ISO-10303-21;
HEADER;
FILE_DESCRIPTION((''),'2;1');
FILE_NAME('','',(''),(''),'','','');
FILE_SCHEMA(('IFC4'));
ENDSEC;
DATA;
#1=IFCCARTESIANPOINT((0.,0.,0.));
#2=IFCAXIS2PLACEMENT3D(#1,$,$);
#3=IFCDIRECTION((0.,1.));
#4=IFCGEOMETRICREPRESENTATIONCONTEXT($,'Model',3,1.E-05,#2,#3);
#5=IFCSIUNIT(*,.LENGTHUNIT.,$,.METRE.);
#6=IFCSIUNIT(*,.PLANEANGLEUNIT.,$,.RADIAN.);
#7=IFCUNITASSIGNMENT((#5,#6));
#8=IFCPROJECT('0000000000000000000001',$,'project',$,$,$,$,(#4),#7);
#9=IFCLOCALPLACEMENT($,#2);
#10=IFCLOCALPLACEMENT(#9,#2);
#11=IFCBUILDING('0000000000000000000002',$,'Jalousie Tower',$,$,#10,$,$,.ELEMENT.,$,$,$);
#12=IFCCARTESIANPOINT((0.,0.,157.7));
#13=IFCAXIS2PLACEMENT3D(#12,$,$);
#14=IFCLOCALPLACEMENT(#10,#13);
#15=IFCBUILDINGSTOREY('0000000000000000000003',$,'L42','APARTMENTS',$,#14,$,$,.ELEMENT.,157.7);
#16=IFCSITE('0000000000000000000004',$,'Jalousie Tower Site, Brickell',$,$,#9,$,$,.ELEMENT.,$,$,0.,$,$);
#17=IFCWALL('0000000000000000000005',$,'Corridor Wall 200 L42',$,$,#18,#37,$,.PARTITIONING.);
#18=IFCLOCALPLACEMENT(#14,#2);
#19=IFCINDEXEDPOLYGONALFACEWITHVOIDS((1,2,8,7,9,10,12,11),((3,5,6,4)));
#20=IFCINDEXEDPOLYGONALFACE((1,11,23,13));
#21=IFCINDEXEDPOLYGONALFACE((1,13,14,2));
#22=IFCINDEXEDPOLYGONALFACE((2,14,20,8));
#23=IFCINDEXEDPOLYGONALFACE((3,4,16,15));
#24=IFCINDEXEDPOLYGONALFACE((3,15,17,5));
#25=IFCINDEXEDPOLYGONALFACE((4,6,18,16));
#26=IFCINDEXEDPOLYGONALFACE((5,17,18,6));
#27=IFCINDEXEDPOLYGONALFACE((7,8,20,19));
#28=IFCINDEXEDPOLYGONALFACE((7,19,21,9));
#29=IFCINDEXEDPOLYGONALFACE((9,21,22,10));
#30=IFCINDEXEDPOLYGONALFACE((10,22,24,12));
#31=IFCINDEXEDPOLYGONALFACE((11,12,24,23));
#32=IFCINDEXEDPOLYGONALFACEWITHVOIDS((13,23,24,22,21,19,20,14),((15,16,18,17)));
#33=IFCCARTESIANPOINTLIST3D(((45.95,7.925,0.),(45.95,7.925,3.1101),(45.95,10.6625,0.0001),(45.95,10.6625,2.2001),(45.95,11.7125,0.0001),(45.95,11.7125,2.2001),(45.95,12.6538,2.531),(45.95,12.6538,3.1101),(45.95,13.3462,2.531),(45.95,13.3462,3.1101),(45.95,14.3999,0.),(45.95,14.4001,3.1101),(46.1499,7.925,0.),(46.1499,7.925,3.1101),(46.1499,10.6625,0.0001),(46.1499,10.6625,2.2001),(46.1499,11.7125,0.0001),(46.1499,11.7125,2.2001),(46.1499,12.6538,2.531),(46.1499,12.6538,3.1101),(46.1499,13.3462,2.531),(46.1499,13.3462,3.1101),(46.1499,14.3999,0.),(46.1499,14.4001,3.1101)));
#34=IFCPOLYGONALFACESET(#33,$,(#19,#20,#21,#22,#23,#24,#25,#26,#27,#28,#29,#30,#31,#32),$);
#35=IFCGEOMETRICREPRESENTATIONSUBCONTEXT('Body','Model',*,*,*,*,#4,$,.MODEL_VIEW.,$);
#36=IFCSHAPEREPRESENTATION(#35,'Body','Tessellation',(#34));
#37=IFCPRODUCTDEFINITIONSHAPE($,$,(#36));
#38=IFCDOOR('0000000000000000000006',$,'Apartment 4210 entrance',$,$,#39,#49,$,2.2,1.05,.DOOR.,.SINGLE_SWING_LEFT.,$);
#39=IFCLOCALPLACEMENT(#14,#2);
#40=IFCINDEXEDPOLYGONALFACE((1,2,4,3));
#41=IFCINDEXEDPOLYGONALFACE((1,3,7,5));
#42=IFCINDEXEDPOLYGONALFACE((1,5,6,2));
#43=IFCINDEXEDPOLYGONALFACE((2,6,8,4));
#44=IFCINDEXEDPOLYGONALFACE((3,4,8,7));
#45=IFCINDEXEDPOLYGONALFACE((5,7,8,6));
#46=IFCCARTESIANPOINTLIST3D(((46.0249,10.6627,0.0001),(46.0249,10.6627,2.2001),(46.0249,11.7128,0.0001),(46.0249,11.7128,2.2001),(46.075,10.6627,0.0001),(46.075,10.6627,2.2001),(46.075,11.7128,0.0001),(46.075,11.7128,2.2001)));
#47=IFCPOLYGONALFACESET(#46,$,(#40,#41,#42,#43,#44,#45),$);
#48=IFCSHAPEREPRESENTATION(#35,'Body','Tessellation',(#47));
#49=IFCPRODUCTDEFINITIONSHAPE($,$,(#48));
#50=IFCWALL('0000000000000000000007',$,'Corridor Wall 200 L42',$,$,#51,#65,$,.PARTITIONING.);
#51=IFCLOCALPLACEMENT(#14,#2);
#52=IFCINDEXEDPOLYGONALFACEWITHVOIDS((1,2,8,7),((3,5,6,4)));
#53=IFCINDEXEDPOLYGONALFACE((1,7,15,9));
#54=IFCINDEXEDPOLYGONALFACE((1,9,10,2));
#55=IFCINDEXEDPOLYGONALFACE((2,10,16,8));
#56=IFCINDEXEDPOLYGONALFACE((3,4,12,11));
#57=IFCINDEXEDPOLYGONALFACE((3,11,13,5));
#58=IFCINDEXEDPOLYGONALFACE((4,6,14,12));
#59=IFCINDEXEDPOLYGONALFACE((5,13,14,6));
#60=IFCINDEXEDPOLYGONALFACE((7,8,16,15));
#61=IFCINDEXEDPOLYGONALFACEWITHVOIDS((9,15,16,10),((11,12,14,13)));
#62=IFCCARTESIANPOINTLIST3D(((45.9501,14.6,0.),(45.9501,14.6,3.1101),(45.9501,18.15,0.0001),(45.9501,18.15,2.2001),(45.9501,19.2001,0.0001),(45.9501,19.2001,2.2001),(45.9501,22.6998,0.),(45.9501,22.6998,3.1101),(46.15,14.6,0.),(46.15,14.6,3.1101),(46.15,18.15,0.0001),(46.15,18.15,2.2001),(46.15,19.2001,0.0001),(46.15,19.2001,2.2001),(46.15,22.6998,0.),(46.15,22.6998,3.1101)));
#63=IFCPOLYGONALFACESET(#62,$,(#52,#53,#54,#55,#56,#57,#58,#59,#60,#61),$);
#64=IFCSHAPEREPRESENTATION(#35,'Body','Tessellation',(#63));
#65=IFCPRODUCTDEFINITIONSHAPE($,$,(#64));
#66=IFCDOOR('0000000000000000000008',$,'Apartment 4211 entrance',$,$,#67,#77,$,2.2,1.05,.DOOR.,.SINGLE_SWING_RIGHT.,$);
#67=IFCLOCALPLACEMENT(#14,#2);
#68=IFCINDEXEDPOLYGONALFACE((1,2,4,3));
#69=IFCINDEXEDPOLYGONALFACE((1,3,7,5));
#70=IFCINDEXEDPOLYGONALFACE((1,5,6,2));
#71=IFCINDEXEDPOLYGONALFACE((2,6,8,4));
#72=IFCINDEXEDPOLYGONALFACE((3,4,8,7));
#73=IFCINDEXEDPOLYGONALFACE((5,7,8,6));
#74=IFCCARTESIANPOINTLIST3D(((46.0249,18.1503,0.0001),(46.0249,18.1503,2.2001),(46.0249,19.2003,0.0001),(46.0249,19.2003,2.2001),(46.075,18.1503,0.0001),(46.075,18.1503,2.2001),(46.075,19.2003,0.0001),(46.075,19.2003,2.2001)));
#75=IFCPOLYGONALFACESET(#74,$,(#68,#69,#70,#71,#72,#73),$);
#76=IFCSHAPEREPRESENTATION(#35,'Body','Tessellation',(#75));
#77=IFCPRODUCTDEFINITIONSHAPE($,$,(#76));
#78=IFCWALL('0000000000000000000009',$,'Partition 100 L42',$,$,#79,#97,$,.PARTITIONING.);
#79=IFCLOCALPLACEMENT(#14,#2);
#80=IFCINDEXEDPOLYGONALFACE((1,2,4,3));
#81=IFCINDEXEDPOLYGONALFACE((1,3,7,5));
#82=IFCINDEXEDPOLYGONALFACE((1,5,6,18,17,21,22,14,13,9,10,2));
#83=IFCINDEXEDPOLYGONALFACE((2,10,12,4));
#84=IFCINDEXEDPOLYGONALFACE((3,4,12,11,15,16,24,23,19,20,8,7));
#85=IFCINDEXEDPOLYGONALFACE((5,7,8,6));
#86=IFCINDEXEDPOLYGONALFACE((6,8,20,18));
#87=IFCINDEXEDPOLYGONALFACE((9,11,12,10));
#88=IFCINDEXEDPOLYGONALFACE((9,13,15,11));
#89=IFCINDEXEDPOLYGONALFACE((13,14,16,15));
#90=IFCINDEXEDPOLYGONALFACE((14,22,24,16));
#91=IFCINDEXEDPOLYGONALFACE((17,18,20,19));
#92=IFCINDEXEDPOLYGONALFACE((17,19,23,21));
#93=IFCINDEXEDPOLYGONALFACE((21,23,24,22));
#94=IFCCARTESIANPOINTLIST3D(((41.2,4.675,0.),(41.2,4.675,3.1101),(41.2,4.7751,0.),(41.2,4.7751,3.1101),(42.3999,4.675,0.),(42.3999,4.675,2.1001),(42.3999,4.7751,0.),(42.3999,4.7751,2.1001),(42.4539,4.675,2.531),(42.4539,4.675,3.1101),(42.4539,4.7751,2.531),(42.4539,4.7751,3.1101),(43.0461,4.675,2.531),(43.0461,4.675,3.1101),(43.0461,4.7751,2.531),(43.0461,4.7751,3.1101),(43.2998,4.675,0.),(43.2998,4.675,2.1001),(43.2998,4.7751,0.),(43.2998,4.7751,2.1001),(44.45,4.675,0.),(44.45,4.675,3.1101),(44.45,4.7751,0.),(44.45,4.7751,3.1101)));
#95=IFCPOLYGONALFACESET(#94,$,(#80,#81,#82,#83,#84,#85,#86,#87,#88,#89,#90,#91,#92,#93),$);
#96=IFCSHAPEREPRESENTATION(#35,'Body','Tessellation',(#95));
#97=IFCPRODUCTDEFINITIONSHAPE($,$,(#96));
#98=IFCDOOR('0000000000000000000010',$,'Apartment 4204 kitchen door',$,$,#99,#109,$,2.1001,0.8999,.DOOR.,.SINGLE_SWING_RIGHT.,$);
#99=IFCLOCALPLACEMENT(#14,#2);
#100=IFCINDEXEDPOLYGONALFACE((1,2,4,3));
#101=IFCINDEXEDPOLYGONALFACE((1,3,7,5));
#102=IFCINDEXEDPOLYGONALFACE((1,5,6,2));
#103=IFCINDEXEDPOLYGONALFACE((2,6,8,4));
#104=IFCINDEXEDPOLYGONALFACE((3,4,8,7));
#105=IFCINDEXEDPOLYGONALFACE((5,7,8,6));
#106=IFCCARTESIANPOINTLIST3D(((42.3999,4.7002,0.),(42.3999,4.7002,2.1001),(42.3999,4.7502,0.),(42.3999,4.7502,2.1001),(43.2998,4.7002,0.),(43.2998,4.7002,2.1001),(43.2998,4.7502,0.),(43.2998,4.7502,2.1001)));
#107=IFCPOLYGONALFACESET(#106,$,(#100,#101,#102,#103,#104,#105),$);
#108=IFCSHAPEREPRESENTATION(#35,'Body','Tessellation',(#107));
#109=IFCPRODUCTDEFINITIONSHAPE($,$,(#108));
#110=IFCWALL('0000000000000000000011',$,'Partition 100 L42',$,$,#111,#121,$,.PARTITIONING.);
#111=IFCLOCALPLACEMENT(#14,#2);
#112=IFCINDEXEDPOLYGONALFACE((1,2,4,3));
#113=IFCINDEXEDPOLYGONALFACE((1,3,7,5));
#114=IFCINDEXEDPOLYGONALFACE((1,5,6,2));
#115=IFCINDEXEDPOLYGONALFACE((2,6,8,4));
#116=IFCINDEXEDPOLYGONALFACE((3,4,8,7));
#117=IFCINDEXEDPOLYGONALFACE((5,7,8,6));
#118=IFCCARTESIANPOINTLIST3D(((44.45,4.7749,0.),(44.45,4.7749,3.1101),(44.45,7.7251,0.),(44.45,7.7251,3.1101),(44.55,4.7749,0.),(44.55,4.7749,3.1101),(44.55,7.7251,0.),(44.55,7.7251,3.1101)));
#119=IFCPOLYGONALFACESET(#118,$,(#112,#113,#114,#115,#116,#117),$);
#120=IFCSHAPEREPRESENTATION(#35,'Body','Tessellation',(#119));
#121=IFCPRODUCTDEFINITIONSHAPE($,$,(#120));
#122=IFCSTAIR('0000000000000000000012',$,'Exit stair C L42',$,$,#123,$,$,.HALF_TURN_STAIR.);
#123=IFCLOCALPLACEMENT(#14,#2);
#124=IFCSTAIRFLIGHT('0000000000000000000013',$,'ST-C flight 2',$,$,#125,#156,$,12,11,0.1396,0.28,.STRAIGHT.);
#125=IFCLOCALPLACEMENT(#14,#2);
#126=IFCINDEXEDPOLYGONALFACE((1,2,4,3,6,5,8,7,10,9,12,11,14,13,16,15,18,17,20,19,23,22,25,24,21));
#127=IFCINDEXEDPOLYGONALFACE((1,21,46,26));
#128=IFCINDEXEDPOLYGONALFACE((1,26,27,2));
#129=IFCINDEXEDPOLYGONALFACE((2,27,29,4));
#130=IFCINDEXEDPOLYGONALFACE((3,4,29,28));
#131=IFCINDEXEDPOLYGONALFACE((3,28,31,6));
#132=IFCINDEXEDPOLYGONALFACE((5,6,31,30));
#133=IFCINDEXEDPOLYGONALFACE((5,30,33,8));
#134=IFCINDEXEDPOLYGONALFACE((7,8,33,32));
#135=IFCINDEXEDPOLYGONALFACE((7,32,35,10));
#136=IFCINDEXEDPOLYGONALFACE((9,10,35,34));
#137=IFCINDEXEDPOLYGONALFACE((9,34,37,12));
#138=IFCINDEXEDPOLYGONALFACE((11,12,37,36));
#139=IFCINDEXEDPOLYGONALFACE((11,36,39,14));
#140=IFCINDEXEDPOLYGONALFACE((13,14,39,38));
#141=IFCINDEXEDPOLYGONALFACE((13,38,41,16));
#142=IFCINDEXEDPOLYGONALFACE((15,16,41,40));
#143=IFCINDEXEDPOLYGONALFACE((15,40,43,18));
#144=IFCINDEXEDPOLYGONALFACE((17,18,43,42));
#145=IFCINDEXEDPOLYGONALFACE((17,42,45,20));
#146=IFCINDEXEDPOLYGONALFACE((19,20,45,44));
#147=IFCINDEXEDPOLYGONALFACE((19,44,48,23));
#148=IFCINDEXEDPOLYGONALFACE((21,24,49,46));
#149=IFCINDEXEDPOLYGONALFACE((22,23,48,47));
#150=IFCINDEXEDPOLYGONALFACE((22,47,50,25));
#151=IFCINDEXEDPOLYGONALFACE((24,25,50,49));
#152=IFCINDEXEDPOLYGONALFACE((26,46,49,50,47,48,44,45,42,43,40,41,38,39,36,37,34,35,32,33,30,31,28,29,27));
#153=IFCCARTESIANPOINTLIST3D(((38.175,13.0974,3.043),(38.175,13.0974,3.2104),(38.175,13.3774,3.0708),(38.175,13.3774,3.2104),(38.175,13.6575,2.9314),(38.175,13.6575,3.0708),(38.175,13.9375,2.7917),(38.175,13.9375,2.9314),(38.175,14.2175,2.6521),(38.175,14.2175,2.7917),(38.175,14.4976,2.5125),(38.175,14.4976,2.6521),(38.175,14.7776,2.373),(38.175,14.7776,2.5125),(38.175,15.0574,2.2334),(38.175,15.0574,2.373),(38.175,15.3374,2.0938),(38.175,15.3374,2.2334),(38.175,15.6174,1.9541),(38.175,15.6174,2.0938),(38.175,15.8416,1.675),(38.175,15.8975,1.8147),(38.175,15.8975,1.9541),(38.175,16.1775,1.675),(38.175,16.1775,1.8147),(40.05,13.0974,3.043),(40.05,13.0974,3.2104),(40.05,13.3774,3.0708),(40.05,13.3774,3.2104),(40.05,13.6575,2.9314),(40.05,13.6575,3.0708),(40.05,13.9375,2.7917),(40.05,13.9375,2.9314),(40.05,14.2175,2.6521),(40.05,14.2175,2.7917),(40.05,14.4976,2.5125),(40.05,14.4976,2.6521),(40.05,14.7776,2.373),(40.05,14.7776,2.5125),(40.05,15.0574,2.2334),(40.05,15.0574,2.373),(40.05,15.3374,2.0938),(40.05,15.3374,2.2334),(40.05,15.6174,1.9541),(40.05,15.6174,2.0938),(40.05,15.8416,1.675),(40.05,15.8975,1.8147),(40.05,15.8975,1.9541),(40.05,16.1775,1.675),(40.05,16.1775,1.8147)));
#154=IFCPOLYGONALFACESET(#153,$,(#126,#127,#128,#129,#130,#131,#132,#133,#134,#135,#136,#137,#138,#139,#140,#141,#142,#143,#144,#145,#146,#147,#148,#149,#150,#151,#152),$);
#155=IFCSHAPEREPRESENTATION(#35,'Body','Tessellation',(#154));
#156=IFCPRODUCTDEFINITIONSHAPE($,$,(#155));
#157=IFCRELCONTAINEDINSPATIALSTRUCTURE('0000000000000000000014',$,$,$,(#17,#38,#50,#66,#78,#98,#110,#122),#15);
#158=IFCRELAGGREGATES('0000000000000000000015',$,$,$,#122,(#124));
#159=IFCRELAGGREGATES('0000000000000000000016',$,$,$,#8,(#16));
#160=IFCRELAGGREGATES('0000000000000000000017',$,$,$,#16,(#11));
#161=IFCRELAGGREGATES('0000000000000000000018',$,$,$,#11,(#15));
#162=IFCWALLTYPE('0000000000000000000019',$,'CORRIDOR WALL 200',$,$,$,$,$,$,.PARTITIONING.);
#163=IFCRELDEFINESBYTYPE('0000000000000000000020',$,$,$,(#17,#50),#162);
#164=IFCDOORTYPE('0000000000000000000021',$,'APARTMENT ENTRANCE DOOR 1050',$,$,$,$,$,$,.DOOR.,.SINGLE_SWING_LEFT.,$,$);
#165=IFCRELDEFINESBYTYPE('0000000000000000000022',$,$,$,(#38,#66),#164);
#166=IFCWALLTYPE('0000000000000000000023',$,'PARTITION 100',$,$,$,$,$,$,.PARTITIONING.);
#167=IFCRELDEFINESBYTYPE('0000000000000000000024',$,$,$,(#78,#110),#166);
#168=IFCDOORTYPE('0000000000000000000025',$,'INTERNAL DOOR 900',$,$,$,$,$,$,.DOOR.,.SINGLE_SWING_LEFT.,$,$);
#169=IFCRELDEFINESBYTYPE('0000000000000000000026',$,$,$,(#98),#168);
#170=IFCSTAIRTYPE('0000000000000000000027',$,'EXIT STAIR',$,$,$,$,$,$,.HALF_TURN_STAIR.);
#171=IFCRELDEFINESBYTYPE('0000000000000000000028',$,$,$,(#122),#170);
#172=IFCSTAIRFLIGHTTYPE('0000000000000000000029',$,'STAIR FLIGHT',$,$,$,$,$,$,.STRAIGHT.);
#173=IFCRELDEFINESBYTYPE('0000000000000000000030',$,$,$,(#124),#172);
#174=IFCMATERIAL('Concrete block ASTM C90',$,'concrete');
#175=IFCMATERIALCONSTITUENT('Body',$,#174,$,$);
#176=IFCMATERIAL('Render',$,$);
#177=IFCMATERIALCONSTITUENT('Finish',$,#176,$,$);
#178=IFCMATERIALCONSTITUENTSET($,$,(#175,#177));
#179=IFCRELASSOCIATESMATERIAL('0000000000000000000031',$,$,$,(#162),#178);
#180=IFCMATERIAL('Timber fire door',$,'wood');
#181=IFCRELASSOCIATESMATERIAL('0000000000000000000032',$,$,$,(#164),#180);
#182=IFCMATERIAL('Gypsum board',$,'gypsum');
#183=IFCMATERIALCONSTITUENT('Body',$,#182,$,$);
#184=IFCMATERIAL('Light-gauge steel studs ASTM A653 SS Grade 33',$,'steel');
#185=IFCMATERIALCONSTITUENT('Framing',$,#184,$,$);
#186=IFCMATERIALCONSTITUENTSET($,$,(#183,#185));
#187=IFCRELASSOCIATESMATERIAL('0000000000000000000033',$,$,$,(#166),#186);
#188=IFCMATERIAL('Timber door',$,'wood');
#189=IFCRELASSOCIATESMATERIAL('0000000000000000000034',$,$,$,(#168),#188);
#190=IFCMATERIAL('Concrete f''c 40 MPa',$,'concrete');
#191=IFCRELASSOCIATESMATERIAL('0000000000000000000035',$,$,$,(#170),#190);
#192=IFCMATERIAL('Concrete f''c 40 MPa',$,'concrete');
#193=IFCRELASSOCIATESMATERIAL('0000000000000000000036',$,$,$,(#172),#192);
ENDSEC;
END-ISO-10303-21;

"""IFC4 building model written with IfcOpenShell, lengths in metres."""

from ifc_helpers import new_model, si_unit, direction, frame, frame_2d, origin, place, context, subcontext, project, spatial, polyline, rectangle, outline, extrude, material, constituent, constituent_set, type_object, element, fill, aggregate, save


model = new_model("IFC4")

# Units and contexts
model_context = context("Model", 3, precision=1e-05, world=origin(), true_north=direction((0.0, 1.0)))
body_context = subcontext(model_context, "Body", "Model", "MODEL_VIEW")
ifc_project = project(units=[si_unit("LENGTHUNIT", "METRE"), si_unit("PLANEANGLEUNIT", "RADIAN")], contexts=[model_context])

# Site, building, storey
site_placement = place(None, origin())
site = spatial("IfcSite", under=ifc_project, at=site_placement, Name="Jalousie Tower Site, Brickell", CompositionType="ELEMENT", RefElevation=0.0)
building_placement = place(site_placement, origin())
building = spatial("IfcBuilding", under=site, at=building_placement, Name="Jalousie Tower", CompositionType="ELEMENT")
storey_placement = place(building_placement, frame((0.0, 0.0, 157.7)))
storey = spatial("IfcBuildingStorey", under=building, at=storey_placement, Name="L42", Description="APARTMENTS", CompositionType="ELEMENT", Elevation=157.7)

# Walls, openings, doors
ifc_material_1 = material(Name="Concrete block ASTM C90", Category="concrete")
ifc_constituent_1 = constituent(ifc_material_1, Name="Body")
ifc_material_2 = material(Name="Render")
ifc_constituent_2 = constituent(ifc_material_2, Name="Finish")
ifc_constituent_set_1 = constituent_set(constituents=[ifc_constituent_1, ifc_constituent_2])
wall_type_1 = type_object("IfcWallType", Name="CORRIDOR WALL 200", PredefinedType="PARTITIONING", material=ifc_constituent_set_1)
ifc_material_3 = material(Name="Timber fire door", Category="wood")
door_type_1 = type_object("IfcDoorType", Name="APARTMENT ENTRANCE DOOR 1050", OperationType="SINGLE_SWING_LEFT", PredefinedType="DOOR", material=ifc_material_3)
wall_1_placement = place(storey_placement, frame((46.05, 7.925, 0.0), z_axis=(0.0, 0.0, 1.0), x_axis=(0.0, 1.0, 0.0)))
wall_1 = element("IfcWall", 1, at=wall_1_placement, inside=storey, type_object=wall_type_1, Name="Corridor Wall 200 L42", PredefinedType="PARTITIONING", context=body_context, shape_type="SweptSolid", body=[
    extrude(outline(polyline([(0.0, 0.0), (6.4749, 0.0), (6.4751, 3.1101), (5.4211, 3.1101), (5.4211, 2.531), (4.7288, 2.531), (4.7288, 3.1101), (0.0, 3.1101), (0.0, 0.0)])), frame((0.0, 0.1001, 0.0), z_axis=(0.0, -1.0, 0.0), x_axis=(1.0, 0.0, 0.0)), (0.0, 0.0, 1.0), 0.2),
])
opening_1_placement = place(wall_1_placement, frame((2.7375, 0.0, 0.0)))
opening_1 = element("IfcOpeningElement", 2, at=opening_1_placement, cuts=wall_1, PredefinedType="OPENING", context=body_context, shape_type="SweptSolid", body=[
    extrude(rectangle(XDim=1.05, YDim=2.2, at=frame_2d((0.5249, 1.1001))), frame((0.0, 0.1099, 0.0), z_axis=(0.0, -1.0, 0.0), x_axis=(1.0, 0.0, 0.0)), (0.0, 0.0, 1.0), 0.22),
])
door_1_placement = place(opening_1_placement, frame((1.05, 0.0, 0.0), z_axis=(0.0, 0.0, 1.0), x_axis=(-1.0, 0.0, 0.0)))
door_1 = element("IfcDoor", 3, at=door_1_placement, inside=storey, type_object=door_type_1, Name="Apartment 4210 entrance", OperationType="SINGLE_SWING_LEFT", OverallHeight=2.2, OverallWidth=1.05, PredefinedType="DOOR", context=body_context, shape_type="SweptSolid", body=[
    extrude(rectangle(XDim=1.05, YDim=2.2, at=frame_2d((0.5249, 1.1001))), frame((0.0, 0.0249, 0.0), z_axis=(0.0, -1.0, 0.0), x_axis=(1.0, 0.0, 0.0)), (0.0, 0.0, 1.0), 0.05),
])
fill(opening_1, door_1)
wall_2_placement = place(storey_placement, frame((46.05, 14.6001, 0.0), z_axis=(0.0, 0.0, 1.0), x_axis=(0.0, 1.0, 0.0)))
wall_2 = element("IfcWall", 4, at=wall_2_placement, inside=storey, type_object=wall_type_1, Name="Corridor Wall 200 L42", PredefinedType="PARTITIONING", context=body_context, shape_type="SweptSolid", body=[
    extrude(rectangle(XDim=8.0999, YDim=0.2, at=frame_2d((4.0498, 0.0))), origin(), (0.0, 0.0, 1.0), 3.1101),
])
opening_2_placement = place(wall_2_placement, frame((3.55, 0.0, 0.0)))
opening_2 = element("IfcOpeningElement", 5, at=opening_2_placement, cuts=wall_2, PredefinedType="OPENING", context=body_context, shape_type="SweptSolid", body=[
    extrude(rectangle(XDim=1.05, YDim=2.2, at=frame_2d((0.5249, 1.1001))), frame((0.0, 0.1099, 0.0), z_axis=(0.0, -1.0, 0.0), x_axis=(1.0, 0.0, 0.0)), (0.0, 0.0, 1.0), 0.22),
])
door_2_placement = place(opening_2_placement, frame((1.05, 0.0, 0.0), z_axis=(0.0, 0.0, 1.0), x_axis=(-1.0, 0.0, 0.0)))
door_2 = element("IfcDoor", 6, at=door_2_placement, inside=storey, type_object=door_type_1, Name="Apartment 4211 entrance", OperationType="SINGLE_SWING_RIGHT", OverallHeight=2.2, OverallWidth=1.05, PredefinedType="DOOR", context=body_context, shape_type="SweptSolid", body=[
    extrude(rectangle(XDim=1.05, YDim=2.2, at=frame_2d((0.5249, 1.1001))), frame((0.0, 0.0249, 0.0), z_axis=(0.0, -1.0, 0.0), x_axis=(1.0, 0.0, 0.0)), (0.0, 0.0, 1.0), 0.05),
])
fill(opening_2, door_2)
ifc_material_4 = material(Name="Gypsum board", Category="gypsum")
ifc_constituent_3 = constituent(ifc_material_4, Name="Body")
ifc_material_5 = material(Name="Light-gauge steel studs ASTM A653 SS Grade 33", Category="steel")
ifc_constituent_4 = constituent(ifc_material_5, Name="Framing")
ifc_constituent_set_2 = constituent_set(constituents=[ifc_constituent_3, ifc_constituent_4])
wall_type_2 = type_object("IfcWallType", Name="PARTITION 100", PredefinedType="PARTITIONING", material=ifc_constituent_set_2)
wall_3_placement = place(storey_placement, frame((41.2, 4.7251, 0.0), z_axis=(0.0, 0.0, 1.0), x_axis=(1.0, 0.0, 0.0)))
wall_3 = element("IfcWall", 7, at=wall_3_placement, inside=storey, type_object=wall_type_2, Name="Partition 100 L42", PredefinedType="PARTITIONING", context=body_context, shape_type="SweptSolid", body=[
    extrude(outline(polyline([(0.0, 0.0), (3.25, 0.0), (3.25, 3.1101), (1.8462, 3.1101), (1.8462, 2.531), (1.2539, 2.531), (1.2539, 3.1101), (0.0, 3.1101), (0.0, 0.0)])), frame((0.0, 0.05, 0.0), z_axis=(0.0, -1.0, 0.0), x_axis=(1.0, 0.0, 0.0)), (0.0, 0.0, 1.0), 0.1001),
])
opening_3_placement = place(wall_3_placement, frame((1.2, 0.0, 0.0)))
opening_3 = element("IfcOpeningElement", 8, at=opening_3_placement, cuts=wall_3, PredefinedType="OPENING", context=body_context, shape_type="SweptSolid", body=[
    extrude(rectangle(XDim=0.8999, YDim=2.1001, at=frame_2d((0.45, 1.05))), frame((0.0, 0.0601, 0.0), z_axis=(0.0, -1.0, 0.0), x_axis=(1.0, 0.0, 0.0)), (0.0, 0.0, 1.0), 0.1201),
])
ifc_material_6 = material(Name="Timber door", Category="wood")
door_type_2 = type_object("IfcDoorType", Name="INTERNAL DOOR 900", OperationType="SINGLE_SWING_LEFT", PredefinedType="DOOR", material=ifc_material_6)
door_3_placement = place(opening_3_placement, frame((0.8999, 0.0, 0.0), z_axis=(0.0, 0.0, 1.0), x_axis=(-1.0, 0.0, 0.0)))
door_3 = element("IfcDoor", 9, at=door_3_placement, inside=storey, type_object=door_type_2, Name="Apartment 4204 kitchen door", OperationType="SINGLE_SWING_RIGHT", OverallHeight=2.1001, OverallWidth=0.8999, PredefinedType="DOOR", context=body_context, shape_type="SweptSolid", body=[
    extrude(rectangle(XDim=0.8999, YDim=2.1001, at=frame_2d((0.45, 1.05))), frame((0.0, 0.0249, 0.0), z_axis=(0.0, -1.0, 0.0), x_axis=(1.0, 0.0, 0.0)), (0.0, 0.0, 1.0), 0.05),
])
fill(opening_3, door_3)

# Wall
wall_4_placement = place(storey_placement, frame((44.5, 4.7749, 0.0), z_axis=(0.0, 0.0, 1.0), x_axis=(0.0, 1.0, 0.0)))
element("IfcWall", 10, at=wall_4_placement, inside=storey, type_object=wall_type_2, Name="Partition 100 L42", PredefinedType="PARTITIONING", context=body_context, shape_type="SweptSolid", body=[
    extrude(rectangle(XDim=2.9502, YDim=0.1001, at=frame_2d((1.4751, 0.0))), origin(), (0.0, 0.0, 1.0), 3.1101),
])

# Stair, stair flight
ifc_material_7 = material(Name="Concrete f'c 40 MPa", Category="concrete")
stair_type = type_object("IfcStairType", Name="EXIT STAIR", PredefinedType="HALF_TURN_STAIR", material=ifc_material_7)
stair_placement = place(storey_placement, origin())
stair = element("IfcStair", 11, at=stair_placement, inside=storey, type_object=stair_type, Name="Exit stair C L42", PredefinedType="HALF_TURN_STAIR")
ifc_material_8 = material(Name="Concrete f'c 40 MPa", Category="concrete")
stair_flight_type = type_object("IfcStairFlightType", Name="STAIR FLIGHT", PredefinedType="STRAIGHT", material=ifc_material_8)
stair_flight_placement = place(storey_placement, frame((39.1125, 16.1775, 1.675), z_axis=(0.0, 0.0, 1.0), x_axis=(0.0, -1.0, 0.0)))
stair_flight = element("IfcStairFlight", 12, at=stair_flight_placement, type_object=stair_flight_type, Name="ST-C flight 2", NumberOfRisers=12, NumberOfTreads=11, PredefinedType="STRAIGHT", RiserHeight=0.1396, TreadLength=0.28, context=body_context, shape_type="SweptSolid", body=[
    extrude(outline(polyline([(0.0, 0.0), (0.0, 0.1396), (0.28, 0.1396), (0.28, 0.2791), (0.5601, 0.2791), (0.5601, 0.4187), (0.8401, 0.4187), (0.8401, 0.5583), (1.1201, 0.5583), (1.1201, 0.698), (1.3999, 0.698), (1.3999, 0.8374), (1.6799, 0.8374), (1.6799, 0.9771), (1.96, 0.9771), (1.96, 1.1167), (2.24, 1.1167), (2.24, 1.2563), (2.52, 1.2563), (2.52, 1.3958), (2.8, 1.3958), (2.8, 1.5354), (3.0801, 1.5354), (3.0801, 1.675), (3.0801, 1.3679), (0.3359, 0.0), (0.0, 0.0)])), frame((0.0, 0.9375, 0.0), z_axis=(0.0, -1.0, 0.0), x_axis=(1.0, 0.0, 0.0)), (0.0, 0.0, 1.0), 1.875),
])
aggregate(stair, [stair_flight])

save(model, "model.ifc")
